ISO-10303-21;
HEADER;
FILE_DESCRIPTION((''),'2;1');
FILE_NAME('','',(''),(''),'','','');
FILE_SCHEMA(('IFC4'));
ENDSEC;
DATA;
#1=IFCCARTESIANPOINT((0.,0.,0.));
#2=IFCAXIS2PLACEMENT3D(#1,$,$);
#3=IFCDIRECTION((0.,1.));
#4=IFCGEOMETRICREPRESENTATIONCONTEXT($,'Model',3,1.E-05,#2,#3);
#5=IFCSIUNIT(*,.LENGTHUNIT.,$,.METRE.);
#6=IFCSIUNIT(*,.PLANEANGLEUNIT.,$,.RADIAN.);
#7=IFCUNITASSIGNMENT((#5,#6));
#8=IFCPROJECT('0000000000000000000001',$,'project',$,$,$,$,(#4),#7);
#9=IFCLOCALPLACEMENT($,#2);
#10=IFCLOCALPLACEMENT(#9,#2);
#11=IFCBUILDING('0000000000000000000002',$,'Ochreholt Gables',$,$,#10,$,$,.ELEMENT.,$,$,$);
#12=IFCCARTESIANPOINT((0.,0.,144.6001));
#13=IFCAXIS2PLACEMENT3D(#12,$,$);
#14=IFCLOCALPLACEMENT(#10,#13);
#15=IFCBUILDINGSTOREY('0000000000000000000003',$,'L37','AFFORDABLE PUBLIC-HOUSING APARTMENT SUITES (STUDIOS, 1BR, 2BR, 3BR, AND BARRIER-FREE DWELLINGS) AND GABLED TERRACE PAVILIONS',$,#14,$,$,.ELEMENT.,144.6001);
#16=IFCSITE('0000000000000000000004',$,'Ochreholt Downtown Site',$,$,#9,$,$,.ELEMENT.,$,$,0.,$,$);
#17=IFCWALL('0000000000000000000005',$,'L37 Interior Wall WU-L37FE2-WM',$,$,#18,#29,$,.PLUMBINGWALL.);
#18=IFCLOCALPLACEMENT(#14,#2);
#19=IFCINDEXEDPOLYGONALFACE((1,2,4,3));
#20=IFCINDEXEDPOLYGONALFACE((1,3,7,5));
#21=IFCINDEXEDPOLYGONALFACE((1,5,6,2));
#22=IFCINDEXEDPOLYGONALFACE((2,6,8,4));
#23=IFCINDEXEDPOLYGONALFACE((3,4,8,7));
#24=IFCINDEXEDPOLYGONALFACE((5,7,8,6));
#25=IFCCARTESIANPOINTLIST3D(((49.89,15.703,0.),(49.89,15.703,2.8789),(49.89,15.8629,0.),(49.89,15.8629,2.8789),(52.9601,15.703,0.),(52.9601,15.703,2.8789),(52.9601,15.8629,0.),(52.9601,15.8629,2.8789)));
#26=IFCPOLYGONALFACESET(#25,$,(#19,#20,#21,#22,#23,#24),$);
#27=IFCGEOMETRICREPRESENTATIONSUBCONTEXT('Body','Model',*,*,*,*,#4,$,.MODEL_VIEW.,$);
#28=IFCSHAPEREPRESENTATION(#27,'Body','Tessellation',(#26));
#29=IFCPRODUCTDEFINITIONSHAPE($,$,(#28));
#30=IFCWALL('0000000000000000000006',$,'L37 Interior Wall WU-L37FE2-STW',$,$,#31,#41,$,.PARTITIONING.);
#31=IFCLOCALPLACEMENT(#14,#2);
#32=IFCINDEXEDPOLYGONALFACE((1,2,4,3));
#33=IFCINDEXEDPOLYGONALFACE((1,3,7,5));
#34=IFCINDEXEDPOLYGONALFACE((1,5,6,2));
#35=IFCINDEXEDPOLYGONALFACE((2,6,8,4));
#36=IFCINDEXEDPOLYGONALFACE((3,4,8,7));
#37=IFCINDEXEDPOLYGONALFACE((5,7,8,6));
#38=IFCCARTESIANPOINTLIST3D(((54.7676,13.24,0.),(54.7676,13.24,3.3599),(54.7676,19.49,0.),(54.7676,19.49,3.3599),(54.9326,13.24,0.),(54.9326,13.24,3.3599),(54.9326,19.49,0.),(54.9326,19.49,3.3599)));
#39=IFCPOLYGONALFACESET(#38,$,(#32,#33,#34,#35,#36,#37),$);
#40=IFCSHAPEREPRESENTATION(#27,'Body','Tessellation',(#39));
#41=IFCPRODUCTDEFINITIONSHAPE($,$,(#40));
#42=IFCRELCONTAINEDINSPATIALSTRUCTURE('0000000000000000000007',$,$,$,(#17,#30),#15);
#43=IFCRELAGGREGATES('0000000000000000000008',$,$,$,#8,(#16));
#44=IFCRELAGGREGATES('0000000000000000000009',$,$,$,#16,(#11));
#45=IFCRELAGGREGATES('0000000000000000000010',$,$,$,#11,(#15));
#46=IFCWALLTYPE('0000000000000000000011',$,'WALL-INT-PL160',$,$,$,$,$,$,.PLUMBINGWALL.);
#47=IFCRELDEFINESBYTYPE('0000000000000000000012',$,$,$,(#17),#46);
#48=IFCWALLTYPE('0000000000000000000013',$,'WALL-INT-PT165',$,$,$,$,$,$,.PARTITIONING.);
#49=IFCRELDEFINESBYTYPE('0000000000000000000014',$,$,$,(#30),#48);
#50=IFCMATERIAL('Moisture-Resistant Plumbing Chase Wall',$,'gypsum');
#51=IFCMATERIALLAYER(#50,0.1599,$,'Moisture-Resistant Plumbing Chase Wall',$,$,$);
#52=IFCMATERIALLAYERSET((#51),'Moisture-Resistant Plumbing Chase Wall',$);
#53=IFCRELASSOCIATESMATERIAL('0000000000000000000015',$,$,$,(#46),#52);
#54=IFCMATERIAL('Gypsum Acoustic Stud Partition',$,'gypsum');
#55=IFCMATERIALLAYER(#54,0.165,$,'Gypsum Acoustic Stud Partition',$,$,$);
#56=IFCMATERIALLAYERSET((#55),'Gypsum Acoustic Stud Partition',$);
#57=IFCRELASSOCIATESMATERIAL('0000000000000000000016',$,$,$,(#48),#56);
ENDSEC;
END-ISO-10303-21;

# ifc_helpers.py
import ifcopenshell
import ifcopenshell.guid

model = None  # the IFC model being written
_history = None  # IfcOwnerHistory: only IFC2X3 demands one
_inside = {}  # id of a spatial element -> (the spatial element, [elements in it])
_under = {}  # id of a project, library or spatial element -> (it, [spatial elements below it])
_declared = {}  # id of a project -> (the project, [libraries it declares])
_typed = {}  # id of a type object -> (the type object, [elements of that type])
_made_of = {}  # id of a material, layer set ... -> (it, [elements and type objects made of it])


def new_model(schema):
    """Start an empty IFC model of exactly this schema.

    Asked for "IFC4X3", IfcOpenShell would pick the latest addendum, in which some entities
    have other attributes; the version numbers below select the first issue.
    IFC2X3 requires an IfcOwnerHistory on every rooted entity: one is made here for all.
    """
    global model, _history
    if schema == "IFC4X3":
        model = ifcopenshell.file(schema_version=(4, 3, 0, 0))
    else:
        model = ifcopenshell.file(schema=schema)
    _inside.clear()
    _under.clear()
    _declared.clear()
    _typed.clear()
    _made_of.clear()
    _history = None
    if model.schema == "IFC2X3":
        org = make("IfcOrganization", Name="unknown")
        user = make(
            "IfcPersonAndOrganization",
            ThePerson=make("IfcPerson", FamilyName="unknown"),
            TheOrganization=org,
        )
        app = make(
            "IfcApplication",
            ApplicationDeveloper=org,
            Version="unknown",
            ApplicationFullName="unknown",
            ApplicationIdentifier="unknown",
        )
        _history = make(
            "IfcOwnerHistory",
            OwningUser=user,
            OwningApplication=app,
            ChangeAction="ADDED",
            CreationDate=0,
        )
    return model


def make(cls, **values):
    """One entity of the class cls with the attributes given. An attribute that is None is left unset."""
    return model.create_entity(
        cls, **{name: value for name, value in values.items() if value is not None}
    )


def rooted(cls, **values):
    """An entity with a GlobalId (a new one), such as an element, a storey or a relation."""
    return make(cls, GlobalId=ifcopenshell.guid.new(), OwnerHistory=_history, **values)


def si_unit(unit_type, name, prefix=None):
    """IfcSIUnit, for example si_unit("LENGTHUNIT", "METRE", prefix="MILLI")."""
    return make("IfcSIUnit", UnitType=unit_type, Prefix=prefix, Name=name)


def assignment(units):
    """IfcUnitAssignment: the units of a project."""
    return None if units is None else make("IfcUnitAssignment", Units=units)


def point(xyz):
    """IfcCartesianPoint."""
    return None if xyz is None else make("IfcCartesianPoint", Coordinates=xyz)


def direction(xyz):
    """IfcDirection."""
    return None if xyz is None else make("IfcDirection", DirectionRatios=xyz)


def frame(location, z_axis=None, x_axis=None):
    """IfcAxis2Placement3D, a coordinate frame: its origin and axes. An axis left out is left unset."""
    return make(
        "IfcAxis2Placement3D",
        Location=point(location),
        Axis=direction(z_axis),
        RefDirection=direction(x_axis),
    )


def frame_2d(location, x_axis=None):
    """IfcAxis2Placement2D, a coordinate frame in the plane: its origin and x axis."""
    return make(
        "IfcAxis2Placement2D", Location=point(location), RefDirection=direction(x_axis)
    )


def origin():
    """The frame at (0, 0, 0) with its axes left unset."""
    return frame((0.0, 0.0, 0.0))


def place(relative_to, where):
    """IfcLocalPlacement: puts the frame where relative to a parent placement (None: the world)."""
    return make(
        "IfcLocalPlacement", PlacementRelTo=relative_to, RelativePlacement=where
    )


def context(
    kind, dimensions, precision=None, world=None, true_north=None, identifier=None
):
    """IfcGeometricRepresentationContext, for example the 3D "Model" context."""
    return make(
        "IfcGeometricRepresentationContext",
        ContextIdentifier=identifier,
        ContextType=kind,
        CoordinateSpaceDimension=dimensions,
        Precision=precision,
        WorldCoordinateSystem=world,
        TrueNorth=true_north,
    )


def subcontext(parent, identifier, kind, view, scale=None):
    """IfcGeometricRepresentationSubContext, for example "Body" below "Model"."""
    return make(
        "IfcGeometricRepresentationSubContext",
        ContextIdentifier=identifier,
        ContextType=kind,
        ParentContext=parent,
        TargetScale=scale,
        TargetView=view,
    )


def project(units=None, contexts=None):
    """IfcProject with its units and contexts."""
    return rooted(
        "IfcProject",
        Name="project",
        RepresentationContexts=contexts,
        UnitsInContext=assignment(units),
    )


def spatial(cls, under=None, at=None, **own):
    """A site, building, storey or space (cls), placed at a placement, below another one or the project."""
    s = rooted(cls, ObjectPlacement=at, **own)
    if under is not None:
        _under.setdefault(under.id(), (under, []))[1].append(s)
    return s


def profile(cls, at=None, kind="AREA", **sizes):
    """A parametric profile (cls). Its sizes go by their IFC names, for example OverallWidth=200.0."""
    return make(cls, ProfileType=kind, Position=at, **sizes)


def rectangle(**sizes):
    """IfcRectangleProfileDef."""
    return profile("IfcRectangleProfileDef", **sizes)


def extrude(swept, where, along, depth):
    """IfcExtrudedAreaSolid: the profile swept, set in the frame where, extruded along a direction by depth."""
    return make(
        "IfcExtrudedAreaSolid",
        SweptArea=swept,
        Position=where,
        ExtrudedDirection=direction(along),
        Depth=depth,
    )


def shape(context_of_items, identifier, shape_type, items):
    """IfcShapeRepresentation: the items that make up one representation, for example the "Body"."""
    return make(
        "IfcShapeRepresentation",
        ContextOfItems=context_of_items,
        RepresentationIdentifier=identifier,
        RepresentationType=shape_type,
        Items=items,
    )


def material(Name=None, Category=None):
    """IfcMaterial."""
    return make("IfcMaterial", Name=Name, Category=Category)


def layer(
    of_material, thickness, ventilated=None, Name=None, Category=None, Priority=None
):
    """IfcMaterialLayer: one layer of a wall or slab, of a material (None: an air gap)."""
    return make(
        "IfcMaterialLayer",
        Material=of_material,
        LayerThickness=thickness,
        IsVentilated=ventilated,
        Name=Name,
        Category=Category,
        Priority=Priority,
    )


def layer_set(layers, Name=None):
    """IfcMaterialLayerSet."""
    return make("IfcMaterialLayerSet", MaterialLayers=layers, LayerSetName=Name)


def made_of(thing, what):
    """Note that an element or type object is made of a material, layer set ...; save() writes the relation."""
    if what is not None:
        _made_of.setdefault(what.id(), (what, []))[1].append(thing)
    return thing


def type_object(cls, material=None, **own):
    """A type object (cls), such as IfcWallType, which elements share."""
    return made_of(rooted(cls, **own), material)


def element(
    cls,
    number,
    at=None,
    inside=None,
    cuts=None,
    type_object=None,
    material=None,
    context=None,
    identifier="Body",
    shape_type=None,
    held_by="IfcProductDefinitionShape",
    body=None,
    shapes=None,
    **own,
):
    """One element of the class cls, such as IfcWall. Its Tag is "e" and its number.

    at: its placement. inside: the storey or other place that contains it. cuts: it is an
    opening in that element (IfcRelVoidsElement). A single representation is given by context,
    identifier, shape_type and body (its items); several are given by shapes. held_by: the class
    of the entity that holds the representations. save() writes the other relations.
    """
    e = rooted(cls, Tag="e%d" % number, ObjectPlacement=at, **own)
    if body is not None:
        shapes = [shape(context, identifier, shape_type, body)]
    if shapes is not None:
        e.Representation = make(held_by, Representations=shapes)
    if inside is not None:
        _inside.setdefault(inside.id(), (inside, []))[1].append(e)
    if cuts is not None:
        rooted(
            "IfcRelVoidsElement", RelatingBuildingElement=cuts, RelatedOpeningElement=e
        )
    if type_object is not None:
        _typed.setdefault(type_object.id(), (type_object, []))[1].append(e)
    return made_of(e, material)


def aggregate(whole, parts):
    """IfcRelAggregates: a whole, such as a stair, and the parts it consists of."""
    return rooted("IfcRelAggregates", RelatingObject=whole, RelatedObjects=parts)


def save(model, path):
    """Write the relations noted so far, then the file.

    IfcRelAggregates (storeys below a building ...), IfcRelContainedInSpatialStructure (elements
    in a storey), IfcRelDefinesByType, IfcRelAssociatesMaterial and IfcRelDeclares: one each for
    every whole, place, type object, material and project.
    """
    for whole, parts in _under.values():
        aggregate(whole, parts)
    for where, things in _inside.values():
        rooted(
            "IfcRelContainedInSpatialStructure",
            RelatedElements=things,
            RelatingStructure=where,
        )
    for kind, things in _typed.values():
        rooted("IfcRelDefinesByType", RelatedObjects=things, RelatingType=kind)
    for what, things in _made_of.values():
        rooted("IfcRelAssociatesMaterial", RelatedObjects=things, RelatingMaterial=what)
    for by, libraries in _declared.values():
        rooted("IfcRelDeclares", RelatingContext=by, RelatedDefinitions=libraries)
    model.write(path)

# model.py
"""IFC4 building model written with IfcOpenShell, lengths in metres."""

from ifc_helpers import new_model, si_unit, direction, frame, frame_2d, origin, place, context, subcontext, project, spatial, rectangle, extrude, material, layer, layer_set, type_object, element, save


model = new_model("IFC4")

# Units and contexts
model_context = context("Model", 3, precision=1e-05, world=origin(), true_north=direction((0.0, 1.0)))
body_context = subcontext(model_context, "Body", "Model", "MODEL_VIEW")
ifc_project = project(units=[si_unit("LENGTHUNIT", "METRE"), si_unit("PLANEANGLEUNIT", "RADIAN")], contexts=[model_context])

# Site, building, storey
site_placement = place(None, origin())
site = spatial("IfcSite", under=ifc_project, at=site_placement, Name="Ochreholt Downtown Site", CompositionType="ELEMENT", RefElevation=0.0)
building_placement = place(site_placement, origin())
building = spatial("IfcBuilding", under=site, at=building_placement, Name="Ochreholt Gables", CompositionType="ELEMENT")
storey_placement = place(building_placement, frame((0.0, 0.0, 144.6001)))
storey = spatial("IfcBuildingStorey", under=building, at=storey_placement, Name="L37", Description="AFFORDABLE PUBLIC-HOUSING APARTMENT SUITES (STUDIOS, 1BR, 2BR, 3BR, AND BARRIER-FREE DWELLINGS) AND GABLED TERRACE PAVILIONS", CompositionType="ELEMENT", Elevation=144.6001)

# Shared definitions
ifc_material_1 = material(Name="Moisture-Resistant Plumbing Chase Wall", Category="gypsum")
ifc_layer_1 = layer(ifc_material_1, 0.1599, Name="Moisture-Resistant Plumbing Chase Wall")
ifc_layer_set_1 = layer_set([ifc_layer_1], Name="Moisture-Resistant Plumbing Chase Wall")
wall_type_1 = type_object("IfcWallType", Name="WALL-INT-PL160", PredefinedType="PLUMBINGWALL", material=ifc_layer_set_1)

# Walls
wall_1_placement = place(storey_placement, frame((49.8899, 15.783, 0.0), z_axis=(0.0, 0.0, 1.0), x_axis=(1.0, 0.0, 0.0)))
element("IfcWall", 1, at=wall_1_placement, inside=storey, type_object=wall_type_1, Name="L37 Interior Wall WU-L37FE2-WM", PredefinedType="PLUMBINGWALL", context=body_context, shape_type="SweptSolid", body=[
    extrude(rectangle(XDim=3.0701, YDim=0.1599, at=frame_2d((1.5352, 0.0))), origin(), (0.0, 0.0, 1.0), 2.8789),
])
ifc_material_2 = material(Name="Gypsum Acoustic Stud Partition", Category="gypsum")
ifc_layer_2 = layer(ifc_material_2, 0.165, Name="Gypsum Acoustic Stud Partition")
ifc_layer_set_2 = layer_set([ifc_layer_2], Name="Gypsum Acoustic Stud Partition")
wall_type_2 = type_object("IfcWallType", Name="WALL-INT-PT165", PredefinedType="PARTITIONING", material=ifc_layer_set_2)
wall_2_placement = place(storey_placement, frame((54.8501, 13.24, 0.0), z_axis=(0.0, 0.0, 1.0), x_axis=(0.0, 1.0, 0.0)))
element("IfcWall", 2, at=wall_2_placement, inside=storey, type_object=wall_type_2, Name="L37 Interior Wall WU-L37FE2-STW", PredefinedType="PARTITIONING", context=body_context, shape_type="SweptSolid", body=[
    extrude(rectangle(XDim=6.25, YDim=0.165, at=frame_2d((3.125, 0.0))), origin(), (0.0, 0.0, 1.0), 3.3599),
])

save(model, "model.ifc")
